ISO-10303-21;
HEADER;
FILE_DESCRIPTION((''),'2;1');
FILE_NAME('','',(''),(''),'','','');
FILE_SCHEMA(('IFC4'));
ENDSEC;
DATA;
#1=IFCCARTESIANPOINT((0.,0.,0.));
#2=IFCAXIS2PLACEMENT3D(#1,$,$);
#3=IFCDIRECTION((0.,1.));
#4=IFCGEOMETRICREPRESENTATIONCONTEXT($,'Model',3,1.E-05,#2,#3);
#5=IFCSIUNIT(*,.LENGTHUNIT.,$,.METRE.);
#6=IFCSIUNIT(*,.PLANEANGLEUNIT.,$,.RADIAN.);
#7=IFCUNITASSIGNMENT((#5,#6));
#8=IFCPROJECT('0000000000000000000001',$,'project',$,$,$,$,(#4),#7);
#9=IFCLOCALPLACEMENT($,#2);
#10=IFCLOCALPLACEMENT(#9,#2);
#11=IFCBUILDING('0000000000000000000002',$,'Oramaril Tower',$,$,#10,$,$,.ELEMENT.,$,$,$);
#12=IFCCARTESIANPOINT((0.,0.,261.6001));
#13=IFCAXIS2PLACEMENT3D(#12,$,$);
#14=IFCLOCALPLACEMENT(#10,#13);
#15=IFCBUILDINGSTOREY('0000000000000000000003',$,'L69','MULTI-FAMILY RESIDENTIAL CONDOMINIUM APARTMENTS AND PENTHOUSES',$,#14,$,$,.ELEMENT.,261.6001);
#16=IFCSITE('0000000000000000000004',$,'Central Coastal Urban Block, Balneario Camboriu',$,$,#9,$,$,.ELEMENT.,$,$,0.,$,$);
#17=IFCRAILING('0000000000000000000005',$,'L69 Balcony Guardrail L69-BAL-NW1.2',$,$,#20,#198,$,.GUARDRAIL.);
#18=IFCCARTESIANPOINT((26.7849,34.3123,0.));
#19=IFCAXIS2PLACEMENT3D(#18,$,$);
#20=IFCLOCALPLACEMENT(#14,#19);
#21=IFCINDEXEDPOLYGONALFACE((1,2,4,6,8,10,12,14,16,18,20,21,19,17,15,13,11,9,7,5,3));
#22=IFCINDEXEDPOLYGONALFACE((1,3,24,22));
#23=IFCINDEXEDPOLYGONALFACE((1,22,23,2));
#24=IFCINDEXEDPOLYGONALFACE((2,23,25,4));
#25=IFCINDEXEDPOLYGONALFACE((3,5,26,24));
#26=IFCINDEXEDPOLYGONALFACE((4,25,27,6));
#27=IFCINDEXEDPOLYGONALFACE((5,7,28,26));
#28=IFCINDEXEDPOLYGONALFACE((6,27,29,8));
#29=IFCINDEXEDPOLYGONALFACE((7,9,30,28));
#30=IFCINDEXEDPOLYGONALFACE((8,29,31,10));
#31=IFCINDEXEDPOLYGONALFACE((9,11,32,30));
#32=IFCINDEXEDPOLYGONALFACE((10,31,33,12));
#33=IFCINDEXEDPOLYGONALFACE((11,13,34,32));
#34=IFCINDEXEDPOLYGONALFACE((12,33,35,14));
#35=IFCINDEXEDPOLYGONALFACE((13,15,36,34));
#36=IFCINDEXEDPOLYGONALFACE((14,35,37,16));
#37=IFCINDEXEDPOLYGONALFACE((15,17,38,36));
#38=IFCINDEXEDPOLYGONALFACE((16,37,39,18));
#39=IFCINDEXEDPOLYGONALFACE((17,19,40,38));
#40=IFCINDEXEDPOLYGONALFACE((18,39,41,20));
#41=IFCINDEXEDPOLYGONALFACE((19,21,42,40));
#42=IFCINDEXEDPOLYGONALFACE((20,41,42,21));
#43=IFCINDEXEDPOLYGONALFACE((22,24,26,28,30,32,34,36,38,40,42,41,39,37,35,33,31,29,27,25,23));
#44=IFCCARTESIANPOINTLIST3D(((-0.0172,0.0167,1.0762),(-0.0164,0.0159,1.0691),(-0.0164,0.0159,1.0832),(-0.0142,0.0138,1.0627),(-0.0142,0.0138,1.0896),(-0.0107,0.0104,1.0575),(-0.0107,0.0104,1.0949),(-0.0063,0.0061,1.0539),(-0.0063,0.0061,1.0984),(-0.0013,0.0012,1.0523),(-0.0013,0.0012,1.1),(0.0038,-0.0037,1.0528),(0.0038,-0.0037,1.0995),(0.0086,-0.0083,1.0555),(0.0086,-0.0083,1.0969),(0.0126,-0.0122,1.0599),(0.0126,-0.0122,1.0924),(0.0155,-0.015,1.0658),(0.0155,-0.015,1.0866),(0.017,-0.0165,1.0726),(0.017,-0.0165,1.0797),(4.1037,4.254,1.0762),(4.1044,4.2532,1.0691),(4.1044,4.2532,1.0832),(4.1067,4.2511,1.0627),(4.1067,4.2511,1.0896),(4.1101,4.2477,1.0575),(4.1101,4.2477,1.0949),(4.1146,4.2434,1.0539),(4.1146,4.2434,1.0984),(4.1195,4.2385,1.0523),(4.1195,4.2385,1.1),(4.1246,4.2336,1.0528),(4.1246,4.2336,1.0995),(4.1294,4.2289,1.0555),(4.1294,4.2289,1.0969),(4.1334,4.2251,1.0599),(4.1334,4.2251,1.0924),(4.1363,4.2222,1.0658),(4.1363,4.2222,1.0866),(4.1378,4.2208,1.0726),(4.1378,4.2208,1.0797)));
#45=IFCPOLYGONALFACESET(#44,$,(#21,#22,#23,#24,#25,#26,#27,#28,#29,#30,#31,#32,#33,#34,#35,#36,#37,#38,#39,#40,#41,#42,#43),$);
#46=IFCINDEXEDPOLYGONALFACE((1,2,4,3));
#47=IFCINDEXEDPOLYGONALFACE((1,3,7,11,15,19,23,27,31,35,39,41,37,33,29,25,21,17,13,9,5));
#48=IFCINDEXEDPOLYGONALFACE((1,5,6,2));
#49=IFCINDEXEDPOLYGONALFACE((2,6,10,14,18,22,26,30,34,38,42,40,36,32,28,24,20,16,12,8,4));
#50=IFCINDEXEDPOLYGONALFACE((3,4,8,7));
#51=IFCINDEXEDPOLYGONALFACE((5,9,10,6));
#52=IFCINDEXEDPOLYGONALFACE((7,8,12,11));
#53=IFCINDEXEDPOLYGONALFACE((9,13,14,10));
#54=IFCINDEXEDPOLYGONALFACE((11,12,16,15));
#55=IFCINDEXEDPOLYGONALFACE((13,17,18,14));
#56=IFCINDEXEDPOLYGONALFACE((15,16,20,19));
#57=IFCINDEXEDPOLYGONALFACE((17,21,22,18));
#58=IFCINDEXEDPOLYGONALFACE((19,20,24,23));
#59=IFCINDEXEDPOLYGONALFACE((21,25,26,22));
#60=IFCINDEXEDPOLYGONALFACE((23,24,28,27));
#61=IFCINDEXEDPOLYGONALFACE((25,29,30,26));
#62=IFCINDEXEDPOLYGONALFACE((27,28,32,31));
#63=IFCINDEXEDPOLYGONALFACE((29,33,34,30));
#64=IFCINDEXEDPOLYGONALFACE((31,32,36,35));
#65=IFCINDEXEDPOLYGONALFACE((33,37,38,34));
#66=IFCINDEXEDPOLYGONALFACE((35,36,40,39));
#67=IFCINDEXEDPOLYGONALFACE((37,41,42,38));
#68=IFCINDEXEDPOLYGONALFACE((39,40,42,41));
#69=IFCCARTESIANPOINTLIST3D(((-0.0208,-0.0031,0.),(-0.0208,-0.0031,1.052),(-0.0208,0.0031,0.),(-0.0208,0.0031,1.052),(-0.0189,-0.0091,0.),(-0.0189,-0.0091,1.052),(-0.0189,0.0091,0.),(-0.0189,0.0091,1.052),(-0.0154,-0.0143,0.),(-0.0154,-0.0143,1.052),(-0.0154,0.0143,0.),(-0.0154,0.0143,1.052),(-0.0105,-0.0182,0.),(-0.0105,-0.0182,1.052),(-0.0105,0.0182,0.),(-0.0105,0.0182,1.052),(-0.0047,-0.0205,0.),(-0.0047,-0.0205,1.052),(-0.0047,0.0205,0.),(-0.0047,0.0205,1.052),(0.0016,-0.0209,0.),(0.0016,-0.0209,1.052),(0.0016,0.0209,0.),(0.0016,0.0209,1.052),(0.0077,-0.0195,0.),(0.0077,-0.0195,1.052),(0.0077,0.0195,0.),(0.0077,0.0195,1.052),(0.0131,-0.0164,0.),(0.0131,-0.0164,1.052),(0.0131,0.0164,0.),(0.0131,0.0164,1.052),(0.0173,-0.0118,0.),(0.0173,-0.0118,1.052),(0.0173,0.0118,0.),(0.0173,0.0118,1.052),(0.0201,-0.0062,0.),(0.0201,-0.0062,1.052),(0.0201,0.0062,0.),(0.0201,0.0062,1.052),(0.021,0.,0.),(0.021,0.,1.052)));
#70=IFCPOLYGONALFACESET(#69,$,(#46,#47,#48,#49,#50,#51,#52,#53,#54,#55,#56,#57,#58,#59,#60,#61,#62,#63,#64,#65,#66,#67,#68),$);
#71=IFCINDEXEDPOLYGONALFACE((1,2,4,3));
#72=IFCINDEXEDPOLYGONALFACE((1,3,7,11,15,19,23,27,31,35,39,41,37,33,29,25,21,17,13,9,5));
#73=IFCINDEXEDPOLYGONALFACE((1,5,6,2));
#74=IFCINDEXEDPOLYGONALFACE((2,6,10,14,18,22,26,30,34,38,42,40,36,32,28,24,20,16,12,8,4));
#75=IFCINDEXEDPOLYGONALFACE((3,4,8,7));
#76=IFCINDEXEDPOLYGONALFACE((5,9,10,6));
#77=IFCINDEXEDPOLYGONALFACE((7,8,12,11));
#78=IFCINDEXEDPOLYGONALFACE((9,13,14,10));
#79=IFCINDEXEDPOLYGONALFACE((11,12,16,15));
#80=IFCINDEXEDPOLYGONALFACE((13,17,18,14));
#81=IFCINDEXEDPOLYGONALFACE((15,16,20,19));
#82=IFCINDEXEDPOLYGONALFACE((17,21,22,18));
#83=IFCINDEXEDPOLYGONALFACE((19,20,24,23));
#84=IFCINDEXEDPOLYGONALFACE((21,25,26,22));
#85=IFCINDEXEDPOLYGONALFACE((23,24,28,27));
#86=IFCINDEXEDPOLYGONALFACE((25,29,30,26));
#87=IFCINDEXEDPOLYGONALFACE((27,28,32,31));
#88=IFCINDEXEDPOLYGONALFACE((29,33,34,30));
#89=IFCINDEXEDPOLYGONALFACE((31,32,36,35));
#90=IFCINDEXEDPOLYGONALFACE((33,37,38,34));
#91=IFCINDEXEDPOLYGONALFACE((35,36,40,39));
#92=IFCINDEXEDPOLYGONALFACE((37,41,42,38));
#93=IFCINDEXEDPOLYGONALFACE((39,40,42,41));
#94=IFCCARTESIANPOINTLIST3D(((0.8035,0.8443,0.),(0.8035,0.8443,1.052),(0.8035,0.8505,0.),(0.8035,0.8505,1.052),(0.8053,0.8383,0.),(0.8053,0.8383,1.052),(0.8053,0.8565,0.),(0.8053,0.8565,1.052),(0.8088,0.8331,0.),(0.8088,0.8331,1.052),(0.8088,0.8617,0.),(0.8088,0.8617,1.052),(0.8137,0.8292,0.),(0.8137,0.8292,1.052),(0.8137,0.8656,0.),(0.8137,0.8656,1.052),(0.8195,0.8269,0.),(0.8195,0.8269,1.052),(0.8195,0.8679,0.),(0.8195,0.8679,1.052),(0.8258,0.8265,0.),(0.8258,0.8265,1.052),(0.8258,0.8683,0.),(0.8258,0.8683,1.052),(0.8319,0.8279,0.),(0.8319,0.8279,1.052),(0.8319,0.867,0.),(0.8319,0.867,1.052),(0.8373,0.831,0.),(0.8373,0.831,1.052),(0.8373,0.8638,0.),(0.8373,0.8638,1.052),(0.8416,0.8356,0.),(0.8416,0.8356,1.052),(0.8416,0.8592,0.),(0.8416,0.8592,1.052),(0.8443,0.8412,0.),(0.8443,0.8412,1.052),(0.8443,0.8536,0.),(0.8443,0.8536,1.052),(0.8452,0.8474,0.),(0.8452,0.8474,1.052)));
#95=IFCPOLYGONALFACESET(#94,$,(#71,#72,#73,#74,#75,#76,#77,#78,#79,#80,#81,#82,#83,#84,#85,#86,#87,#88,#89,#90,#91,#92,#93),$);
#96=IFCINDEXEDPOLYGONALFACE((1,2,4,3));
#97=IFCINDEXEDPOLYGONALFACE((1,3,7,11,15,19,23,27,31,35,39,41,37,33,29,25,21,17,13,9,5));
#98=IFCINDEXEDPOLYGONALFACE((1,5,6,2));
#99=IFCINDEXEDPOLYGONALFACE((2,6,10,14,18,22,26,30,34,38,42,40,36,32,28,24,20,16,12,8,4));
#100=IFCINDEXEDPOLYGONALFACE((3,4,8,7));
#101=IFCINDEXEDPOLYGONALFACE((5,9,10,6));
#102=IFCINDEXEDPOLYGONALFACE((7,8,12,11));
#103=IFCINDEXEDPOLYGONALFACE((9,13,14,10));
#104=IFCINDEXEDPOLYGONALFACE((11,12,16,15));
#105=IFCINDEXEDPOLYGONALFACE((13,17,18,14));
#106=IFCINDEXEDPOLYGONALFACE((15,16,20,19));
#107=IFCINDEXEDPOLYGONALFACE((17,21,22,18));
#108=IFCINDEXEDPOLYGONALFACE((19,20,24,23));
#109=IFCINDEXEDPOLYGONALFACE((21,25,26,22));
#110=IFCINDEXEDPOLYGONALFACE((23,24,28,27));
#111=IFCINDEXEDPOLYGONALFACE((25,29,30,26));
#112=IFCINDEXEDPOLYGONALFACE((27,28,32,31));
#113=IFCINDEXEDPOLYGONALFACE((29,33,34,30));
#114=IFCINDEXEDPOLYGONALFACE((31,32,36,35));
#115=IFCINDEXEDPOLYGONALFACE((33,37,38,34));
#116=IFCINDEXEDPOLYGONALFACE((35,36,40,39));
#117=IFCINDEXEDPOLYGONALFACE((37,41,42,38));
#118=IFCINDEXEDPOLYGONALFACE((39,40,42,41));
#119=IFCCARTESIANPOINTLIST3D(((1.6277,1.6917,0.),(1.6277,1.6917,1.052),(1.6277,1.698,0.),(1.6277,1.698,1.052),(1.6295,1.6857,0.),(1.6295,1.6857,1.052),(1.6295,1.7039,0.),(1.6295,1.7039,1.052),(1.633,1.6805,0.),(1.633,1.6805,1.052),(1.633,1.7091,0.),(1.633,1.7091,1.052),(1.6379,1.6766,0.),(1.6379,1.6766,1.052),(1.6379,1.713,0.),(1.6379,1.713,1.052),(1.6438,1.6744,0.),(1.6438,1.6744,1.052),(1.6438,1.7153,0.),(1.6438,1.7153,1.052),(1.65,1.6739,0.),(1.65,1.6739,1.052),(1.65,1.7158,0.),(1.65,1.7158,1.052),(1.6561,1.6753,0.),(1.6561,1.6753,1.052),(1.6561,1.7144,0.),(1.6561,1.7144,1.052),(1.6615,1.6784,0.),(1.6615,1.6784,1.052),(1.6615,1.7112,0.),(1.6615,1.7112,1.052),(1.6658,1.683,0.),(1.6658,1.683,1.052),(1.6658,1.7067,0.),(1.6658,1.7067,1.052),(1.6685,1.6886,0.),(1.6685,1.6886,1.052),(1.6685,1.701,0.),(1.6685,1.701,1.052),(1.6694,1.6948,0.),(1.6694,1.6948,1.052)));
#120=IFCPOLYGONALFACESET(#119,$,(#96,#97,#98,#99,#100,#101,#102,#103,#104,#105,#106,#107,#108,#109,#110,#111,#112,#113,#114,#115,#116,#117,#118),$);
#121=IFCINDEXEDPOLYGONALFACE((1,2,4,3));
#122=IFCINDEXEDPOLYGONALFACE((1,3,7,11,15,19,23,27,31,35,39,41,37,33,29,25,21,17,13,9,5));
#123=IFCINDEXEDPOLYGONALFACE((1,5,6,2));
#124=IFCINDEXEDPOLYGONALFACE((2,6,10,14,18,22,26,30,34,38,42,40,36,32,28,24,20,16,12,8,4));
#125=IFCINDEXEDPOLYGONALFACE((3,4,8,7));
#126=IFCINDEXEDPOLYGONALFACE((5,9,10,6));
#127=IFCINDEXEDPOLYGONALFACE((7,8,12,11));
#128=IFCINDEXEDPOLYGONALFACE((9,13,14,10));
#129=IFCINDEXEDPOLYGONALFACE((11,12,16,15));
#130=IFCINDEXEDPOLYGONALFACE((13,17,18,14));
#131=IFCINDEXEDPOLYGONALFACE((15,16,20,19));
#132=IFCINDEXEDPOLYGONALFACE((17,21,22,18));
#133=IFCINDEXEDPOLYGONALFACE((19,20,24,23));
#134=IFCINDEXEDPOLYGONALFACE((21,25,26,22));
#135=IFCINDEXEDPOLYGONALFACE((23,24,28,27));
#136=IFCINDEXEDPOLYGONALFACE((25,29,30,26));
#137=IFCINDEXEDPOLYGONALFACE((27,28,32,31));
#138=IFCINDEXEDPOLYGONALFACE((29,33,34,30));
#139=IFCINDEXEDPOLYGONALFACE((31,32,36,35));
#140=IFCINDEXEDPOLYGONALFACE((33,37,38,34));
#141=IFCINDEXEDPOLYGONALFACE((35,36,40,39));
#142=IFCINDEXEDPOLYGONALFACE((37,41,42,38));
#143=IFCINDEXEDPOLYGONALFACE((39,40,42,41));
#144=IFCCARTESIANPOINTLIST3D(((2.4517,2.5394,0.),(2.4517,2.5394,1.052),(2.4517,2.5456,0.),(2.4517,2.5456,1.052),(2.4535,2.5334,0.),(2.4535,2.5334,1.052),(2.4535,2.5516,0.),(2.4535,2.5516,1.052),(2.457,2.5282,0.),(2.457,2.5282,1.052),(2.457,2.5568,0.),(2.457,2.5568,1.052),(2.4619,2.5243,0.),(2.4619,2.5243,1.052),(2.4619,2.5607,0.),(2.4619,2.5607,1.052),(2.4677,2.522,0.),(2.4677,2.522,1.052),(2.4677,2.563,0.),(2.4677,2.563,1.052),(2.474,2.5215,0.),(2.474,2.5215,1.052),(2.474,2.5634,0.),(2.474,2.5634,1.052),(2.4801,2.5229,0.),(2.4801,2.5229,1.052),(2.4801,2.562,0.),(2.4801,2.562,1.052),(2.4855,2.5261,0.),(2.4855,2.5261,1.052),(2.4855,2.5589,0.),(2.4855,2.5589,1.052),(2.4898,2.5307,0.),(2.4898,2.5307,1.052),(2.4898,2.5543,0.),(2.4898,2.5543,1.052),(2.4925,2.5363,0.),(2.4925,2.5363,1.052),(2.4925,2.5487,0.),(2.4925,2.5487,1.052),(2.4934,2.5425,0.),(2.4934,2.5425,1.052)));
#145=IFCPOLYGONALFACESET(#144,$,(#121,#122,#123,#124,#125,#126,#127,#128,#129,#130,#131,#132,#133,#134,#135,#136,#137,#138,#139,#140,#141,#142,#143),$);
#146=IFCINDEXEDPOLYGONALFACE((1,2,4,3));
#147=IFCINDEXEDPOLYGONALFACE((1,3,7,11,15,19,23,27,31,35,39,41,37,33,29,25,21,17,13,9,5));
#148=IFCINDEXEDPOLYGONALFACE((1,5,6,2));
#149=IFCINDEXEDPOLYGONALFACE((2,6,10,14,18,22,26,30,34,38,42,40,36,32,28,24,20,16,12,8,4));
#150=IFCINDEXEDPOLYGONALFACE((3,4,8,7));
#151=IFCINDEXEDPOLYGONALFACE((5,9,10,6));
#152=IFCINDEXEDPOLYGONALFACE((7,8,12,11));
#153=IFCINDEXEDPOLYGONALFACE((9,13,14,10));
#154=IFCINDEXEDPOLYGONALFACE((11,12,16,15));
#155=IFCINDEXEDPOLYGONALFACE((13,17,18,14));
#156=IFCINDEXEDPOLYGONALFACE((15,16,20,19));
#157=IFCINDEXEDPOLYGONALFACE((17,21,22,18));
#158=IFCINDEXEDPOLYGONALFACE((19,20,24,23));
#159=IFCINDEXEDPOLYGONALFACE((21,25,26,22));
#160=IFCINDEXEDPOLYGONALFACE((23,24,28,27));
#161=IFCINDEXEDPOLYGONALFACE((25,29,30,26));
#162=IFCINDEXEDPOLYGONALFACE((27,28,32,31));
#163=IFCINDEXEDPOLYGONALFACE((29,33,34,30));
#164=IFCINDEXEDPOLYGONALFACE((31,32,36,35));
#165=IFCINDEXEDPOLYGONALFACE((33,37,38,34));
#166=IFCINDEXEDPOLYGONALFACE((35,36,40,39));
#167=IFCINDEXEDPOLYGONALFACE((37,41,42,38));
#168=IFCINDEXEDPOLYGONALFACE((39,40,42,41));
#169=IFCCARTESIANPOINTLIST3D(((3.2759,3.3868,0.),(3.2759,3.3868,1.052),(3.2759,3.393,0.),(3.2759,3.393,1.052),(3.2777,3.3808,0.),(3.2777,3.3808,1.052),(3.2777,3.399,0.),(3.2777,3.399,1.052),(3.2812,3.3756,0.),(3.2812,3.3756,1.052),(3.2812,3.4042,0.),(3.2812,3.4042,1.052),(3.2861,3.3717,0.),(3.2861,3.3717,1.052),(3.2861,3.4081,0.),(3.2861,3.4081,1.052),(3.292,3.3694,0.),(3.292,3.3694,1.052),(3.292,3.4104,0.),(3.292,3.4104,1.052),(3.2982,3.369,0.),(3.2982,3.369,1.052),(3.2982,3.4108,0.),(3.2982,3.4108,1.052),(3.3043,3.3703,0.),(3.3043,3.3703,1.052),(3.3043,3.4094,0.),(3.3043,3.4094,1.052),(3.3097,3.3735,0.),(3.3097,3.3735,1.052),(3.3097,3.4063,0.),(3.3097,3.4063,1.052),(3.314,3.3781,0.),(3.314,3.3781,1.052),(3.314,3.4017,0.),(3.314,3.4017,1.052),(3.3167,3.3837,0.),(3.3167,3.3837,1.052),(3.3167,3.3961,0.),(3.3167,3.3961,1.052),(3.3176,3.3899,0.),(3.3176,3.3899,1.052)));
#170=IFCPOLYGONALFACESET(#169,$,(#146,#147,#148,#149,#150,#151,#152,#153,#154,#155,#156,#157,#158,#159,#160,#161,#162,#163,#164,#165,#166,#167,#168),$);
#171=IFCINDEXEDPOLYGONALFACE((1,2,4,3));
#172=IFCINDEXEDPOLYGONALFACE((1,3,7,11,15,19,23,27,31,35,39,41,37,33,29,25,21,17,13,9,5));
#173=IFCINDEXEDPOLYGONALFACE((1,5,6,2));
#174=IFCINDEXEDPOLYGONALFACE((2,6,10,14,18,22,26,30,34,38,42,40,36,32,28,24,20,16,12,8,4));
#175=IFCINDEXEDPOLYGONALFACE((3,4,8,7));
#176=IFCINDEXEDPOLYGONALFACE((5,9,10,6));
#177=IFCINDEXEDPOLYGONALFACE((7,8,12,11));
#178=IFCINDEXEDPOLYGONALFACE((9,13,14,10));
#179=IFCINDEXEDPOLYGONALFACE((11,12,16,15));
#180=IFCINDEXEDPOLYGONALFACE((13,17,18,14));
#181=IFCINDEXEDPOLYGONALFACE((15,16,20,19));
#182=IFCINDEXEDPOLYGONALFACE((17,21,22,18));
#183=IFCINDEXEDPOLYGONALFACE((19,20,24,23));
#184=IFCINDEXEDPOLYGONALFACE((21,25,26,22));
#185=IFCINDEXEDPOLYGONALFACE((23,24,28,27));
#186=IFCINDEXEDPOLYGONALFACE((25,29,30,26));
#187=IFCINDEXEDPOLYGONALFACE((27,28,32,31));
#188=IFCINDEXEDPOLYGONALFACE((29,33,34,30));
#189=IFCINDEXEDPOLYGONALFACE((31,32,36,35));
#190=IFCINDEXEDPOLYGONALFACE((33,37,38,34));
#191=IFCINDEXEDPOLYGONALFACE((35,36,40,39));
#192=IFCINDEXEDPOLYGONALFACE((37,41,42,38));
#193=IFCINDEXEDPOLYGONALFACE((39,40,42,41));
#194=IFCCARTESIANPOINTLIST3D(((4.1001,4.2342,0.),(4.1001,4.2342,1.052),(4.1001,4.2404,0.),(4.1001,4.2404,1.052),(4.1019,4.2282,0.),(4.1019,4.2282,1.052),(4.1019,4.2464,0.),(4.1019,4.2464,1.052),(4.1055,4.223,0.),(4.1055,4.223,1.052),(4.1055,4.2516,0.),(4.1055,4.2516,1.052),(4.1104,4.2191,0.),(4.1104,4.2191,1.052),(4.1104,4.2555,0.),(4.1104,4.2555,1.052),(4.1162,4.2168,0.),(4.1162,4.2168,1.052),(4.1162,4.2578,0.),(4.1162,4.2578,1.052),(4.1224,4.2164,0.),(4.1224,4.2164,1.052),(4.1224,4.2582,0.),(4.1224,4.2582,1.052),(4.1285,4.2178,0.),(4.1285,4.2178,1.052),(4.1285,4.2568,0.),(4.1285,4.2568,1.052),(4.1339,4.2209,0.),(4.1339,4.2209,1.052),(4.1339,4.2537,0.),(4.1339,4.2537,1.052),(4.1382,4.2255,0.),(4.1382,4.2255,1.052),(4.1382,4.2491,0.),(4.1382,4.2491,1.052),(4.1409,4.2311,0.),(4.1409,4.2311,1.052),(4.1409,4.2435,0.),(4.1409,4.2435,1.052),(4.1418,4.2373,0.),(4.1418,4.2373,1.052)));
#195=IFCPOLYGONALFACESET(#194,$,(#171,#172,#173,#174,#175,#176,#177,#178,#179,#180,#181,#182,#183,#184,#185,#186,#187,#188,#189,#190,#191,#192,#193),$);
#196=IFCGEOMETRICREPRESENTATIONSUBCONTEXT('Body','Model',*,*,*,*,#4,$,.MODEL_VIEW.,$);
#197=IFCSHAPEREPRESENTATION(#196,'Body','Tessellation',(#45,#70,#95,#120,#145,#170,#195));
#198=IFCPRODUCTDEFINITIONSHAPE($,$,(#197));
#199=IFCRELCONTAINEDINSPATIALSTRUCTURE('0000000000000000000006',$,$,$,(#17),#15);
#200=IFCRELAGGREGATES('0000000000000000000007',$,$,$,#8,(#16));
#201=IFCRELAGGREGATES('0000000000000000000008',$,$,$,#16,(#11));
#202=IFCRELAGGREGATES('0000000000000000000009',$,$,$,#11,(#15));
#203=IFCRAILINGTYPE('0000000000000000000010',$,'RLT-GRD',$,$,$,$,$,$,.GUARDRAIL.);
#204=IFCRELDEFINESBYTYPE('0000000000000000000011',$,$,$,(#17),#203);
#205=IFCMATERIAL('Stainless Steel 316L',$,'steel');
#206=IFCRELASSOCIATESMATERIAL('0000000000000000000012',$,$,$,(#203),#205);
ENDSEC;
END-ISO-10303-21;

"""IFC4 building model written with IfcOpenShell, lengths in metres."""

from ifc_helpers import new_model, si_unit, direction, frame, origin, origin_2d, place, context, subcontext, project, spatial, circle, extrude, material, type_object, element, save


model = new_model("IFC4")

# Units and contexts
model_context = context("Model", 3, precision=1e-05, world=origin(), true_north=direction((0.0, 1.0)))
body_context = subcontext(model_context, "Body", "Model", "MODEL_VIEW")
ifc_project = project(units=[si_unit("LENGTHUNIT", "METRE"), si_unit("PLANEANGLEUNIT", "RADIAN")], contexts=[model_context])

# Site, building, storey
site_placement = place(None, origin())
site = spatial("IfcSite", under=ifc_project, at=site_placement, Name="Central Coastal Urban Block, Balneario Camboriu", CompositionType="ELEMENT", RefElevation=0.0)
building_placement = place(site_placement, origin())
building = spatial("IfcBuilding", under=site, at=building_placement, Name="Oramaril Tower", CompositionType="ELEMENT")
storey_placement = place(building_placement, frame((0.0, 0.0, 261.6001)))
storey = spatial("IfcBuildingStorey", under=building, at=storey_placement, Name="L69", Description="MULTI-FAMILY RESIDENTIAL CONDOMINIUM APARTMENTS AND PENTHOUSES", CompositionType="ELEMENT", Elevation=261.6001)

# Railing
ifc_material_1 = material(Name="Stainless Steel 316L", Category="steel")
railing_type = type_object("IfcRailingType", Name="RLT-GRD", PredefinedType="GUARDRAIL", material=ifc_material_1)
railing_1_placement = place(storey_placement, frame((26.7849, 34.3123, 0.0)))
element("IfcRailing", 1, at=railing_1_placement, inside=storey, type_object=railing_type, Name="L69 Balcony Guardrail L69-BAL-NW1.2", PredefinedType="GUARDRAIL", context=body_context, shape_type="SweptSolid", body=[
    extrude(circle(Radius=0.0239, at=origin_2d()), frame((0.0, 0.0, 1.0762), z_axis=(0.697187, 0.716889, 0.0), x_axis=(-0.716889, 0.697187, 0.0)), (0.0, 0.0, 1.0), 5.9106),
    extrude(circle(Radius=0.021, at=origin_2d()), origin(), (0.0, 0.0, 1.0), 1.052),
    extrude(circle(Radius=0.021, at=origin_2d()), frame((0.8242, 0.8474, 0.0)), (0.0, 0.0, 1.0), 1.052),
    extrude(circle(Radius=0.021, at=origin_2d()), frame((1.6484, 1.6948, 0.0)), (0.0, 0.0, 1.0), 1.052),
    extrude(circle(Radius=0.021, at=origin_2d()), frame((2.4724, 2.5425, 0.0)), (0.0, 0.0, 1.0), 1.052),
    extrude(circle(Radius=0.021, at=origin_2d()), frame((3.2966, 3.3899, 0.0)), (0.0, 0.0, 1.0), 1.052),
    extrude(circle(Radius=0.021, at=origin_2d()), frame((4.1208, 4.2373, 0.0)), (0.0, 0.0, 1.0), 1.052),
])

save(model, "model.ifc")
